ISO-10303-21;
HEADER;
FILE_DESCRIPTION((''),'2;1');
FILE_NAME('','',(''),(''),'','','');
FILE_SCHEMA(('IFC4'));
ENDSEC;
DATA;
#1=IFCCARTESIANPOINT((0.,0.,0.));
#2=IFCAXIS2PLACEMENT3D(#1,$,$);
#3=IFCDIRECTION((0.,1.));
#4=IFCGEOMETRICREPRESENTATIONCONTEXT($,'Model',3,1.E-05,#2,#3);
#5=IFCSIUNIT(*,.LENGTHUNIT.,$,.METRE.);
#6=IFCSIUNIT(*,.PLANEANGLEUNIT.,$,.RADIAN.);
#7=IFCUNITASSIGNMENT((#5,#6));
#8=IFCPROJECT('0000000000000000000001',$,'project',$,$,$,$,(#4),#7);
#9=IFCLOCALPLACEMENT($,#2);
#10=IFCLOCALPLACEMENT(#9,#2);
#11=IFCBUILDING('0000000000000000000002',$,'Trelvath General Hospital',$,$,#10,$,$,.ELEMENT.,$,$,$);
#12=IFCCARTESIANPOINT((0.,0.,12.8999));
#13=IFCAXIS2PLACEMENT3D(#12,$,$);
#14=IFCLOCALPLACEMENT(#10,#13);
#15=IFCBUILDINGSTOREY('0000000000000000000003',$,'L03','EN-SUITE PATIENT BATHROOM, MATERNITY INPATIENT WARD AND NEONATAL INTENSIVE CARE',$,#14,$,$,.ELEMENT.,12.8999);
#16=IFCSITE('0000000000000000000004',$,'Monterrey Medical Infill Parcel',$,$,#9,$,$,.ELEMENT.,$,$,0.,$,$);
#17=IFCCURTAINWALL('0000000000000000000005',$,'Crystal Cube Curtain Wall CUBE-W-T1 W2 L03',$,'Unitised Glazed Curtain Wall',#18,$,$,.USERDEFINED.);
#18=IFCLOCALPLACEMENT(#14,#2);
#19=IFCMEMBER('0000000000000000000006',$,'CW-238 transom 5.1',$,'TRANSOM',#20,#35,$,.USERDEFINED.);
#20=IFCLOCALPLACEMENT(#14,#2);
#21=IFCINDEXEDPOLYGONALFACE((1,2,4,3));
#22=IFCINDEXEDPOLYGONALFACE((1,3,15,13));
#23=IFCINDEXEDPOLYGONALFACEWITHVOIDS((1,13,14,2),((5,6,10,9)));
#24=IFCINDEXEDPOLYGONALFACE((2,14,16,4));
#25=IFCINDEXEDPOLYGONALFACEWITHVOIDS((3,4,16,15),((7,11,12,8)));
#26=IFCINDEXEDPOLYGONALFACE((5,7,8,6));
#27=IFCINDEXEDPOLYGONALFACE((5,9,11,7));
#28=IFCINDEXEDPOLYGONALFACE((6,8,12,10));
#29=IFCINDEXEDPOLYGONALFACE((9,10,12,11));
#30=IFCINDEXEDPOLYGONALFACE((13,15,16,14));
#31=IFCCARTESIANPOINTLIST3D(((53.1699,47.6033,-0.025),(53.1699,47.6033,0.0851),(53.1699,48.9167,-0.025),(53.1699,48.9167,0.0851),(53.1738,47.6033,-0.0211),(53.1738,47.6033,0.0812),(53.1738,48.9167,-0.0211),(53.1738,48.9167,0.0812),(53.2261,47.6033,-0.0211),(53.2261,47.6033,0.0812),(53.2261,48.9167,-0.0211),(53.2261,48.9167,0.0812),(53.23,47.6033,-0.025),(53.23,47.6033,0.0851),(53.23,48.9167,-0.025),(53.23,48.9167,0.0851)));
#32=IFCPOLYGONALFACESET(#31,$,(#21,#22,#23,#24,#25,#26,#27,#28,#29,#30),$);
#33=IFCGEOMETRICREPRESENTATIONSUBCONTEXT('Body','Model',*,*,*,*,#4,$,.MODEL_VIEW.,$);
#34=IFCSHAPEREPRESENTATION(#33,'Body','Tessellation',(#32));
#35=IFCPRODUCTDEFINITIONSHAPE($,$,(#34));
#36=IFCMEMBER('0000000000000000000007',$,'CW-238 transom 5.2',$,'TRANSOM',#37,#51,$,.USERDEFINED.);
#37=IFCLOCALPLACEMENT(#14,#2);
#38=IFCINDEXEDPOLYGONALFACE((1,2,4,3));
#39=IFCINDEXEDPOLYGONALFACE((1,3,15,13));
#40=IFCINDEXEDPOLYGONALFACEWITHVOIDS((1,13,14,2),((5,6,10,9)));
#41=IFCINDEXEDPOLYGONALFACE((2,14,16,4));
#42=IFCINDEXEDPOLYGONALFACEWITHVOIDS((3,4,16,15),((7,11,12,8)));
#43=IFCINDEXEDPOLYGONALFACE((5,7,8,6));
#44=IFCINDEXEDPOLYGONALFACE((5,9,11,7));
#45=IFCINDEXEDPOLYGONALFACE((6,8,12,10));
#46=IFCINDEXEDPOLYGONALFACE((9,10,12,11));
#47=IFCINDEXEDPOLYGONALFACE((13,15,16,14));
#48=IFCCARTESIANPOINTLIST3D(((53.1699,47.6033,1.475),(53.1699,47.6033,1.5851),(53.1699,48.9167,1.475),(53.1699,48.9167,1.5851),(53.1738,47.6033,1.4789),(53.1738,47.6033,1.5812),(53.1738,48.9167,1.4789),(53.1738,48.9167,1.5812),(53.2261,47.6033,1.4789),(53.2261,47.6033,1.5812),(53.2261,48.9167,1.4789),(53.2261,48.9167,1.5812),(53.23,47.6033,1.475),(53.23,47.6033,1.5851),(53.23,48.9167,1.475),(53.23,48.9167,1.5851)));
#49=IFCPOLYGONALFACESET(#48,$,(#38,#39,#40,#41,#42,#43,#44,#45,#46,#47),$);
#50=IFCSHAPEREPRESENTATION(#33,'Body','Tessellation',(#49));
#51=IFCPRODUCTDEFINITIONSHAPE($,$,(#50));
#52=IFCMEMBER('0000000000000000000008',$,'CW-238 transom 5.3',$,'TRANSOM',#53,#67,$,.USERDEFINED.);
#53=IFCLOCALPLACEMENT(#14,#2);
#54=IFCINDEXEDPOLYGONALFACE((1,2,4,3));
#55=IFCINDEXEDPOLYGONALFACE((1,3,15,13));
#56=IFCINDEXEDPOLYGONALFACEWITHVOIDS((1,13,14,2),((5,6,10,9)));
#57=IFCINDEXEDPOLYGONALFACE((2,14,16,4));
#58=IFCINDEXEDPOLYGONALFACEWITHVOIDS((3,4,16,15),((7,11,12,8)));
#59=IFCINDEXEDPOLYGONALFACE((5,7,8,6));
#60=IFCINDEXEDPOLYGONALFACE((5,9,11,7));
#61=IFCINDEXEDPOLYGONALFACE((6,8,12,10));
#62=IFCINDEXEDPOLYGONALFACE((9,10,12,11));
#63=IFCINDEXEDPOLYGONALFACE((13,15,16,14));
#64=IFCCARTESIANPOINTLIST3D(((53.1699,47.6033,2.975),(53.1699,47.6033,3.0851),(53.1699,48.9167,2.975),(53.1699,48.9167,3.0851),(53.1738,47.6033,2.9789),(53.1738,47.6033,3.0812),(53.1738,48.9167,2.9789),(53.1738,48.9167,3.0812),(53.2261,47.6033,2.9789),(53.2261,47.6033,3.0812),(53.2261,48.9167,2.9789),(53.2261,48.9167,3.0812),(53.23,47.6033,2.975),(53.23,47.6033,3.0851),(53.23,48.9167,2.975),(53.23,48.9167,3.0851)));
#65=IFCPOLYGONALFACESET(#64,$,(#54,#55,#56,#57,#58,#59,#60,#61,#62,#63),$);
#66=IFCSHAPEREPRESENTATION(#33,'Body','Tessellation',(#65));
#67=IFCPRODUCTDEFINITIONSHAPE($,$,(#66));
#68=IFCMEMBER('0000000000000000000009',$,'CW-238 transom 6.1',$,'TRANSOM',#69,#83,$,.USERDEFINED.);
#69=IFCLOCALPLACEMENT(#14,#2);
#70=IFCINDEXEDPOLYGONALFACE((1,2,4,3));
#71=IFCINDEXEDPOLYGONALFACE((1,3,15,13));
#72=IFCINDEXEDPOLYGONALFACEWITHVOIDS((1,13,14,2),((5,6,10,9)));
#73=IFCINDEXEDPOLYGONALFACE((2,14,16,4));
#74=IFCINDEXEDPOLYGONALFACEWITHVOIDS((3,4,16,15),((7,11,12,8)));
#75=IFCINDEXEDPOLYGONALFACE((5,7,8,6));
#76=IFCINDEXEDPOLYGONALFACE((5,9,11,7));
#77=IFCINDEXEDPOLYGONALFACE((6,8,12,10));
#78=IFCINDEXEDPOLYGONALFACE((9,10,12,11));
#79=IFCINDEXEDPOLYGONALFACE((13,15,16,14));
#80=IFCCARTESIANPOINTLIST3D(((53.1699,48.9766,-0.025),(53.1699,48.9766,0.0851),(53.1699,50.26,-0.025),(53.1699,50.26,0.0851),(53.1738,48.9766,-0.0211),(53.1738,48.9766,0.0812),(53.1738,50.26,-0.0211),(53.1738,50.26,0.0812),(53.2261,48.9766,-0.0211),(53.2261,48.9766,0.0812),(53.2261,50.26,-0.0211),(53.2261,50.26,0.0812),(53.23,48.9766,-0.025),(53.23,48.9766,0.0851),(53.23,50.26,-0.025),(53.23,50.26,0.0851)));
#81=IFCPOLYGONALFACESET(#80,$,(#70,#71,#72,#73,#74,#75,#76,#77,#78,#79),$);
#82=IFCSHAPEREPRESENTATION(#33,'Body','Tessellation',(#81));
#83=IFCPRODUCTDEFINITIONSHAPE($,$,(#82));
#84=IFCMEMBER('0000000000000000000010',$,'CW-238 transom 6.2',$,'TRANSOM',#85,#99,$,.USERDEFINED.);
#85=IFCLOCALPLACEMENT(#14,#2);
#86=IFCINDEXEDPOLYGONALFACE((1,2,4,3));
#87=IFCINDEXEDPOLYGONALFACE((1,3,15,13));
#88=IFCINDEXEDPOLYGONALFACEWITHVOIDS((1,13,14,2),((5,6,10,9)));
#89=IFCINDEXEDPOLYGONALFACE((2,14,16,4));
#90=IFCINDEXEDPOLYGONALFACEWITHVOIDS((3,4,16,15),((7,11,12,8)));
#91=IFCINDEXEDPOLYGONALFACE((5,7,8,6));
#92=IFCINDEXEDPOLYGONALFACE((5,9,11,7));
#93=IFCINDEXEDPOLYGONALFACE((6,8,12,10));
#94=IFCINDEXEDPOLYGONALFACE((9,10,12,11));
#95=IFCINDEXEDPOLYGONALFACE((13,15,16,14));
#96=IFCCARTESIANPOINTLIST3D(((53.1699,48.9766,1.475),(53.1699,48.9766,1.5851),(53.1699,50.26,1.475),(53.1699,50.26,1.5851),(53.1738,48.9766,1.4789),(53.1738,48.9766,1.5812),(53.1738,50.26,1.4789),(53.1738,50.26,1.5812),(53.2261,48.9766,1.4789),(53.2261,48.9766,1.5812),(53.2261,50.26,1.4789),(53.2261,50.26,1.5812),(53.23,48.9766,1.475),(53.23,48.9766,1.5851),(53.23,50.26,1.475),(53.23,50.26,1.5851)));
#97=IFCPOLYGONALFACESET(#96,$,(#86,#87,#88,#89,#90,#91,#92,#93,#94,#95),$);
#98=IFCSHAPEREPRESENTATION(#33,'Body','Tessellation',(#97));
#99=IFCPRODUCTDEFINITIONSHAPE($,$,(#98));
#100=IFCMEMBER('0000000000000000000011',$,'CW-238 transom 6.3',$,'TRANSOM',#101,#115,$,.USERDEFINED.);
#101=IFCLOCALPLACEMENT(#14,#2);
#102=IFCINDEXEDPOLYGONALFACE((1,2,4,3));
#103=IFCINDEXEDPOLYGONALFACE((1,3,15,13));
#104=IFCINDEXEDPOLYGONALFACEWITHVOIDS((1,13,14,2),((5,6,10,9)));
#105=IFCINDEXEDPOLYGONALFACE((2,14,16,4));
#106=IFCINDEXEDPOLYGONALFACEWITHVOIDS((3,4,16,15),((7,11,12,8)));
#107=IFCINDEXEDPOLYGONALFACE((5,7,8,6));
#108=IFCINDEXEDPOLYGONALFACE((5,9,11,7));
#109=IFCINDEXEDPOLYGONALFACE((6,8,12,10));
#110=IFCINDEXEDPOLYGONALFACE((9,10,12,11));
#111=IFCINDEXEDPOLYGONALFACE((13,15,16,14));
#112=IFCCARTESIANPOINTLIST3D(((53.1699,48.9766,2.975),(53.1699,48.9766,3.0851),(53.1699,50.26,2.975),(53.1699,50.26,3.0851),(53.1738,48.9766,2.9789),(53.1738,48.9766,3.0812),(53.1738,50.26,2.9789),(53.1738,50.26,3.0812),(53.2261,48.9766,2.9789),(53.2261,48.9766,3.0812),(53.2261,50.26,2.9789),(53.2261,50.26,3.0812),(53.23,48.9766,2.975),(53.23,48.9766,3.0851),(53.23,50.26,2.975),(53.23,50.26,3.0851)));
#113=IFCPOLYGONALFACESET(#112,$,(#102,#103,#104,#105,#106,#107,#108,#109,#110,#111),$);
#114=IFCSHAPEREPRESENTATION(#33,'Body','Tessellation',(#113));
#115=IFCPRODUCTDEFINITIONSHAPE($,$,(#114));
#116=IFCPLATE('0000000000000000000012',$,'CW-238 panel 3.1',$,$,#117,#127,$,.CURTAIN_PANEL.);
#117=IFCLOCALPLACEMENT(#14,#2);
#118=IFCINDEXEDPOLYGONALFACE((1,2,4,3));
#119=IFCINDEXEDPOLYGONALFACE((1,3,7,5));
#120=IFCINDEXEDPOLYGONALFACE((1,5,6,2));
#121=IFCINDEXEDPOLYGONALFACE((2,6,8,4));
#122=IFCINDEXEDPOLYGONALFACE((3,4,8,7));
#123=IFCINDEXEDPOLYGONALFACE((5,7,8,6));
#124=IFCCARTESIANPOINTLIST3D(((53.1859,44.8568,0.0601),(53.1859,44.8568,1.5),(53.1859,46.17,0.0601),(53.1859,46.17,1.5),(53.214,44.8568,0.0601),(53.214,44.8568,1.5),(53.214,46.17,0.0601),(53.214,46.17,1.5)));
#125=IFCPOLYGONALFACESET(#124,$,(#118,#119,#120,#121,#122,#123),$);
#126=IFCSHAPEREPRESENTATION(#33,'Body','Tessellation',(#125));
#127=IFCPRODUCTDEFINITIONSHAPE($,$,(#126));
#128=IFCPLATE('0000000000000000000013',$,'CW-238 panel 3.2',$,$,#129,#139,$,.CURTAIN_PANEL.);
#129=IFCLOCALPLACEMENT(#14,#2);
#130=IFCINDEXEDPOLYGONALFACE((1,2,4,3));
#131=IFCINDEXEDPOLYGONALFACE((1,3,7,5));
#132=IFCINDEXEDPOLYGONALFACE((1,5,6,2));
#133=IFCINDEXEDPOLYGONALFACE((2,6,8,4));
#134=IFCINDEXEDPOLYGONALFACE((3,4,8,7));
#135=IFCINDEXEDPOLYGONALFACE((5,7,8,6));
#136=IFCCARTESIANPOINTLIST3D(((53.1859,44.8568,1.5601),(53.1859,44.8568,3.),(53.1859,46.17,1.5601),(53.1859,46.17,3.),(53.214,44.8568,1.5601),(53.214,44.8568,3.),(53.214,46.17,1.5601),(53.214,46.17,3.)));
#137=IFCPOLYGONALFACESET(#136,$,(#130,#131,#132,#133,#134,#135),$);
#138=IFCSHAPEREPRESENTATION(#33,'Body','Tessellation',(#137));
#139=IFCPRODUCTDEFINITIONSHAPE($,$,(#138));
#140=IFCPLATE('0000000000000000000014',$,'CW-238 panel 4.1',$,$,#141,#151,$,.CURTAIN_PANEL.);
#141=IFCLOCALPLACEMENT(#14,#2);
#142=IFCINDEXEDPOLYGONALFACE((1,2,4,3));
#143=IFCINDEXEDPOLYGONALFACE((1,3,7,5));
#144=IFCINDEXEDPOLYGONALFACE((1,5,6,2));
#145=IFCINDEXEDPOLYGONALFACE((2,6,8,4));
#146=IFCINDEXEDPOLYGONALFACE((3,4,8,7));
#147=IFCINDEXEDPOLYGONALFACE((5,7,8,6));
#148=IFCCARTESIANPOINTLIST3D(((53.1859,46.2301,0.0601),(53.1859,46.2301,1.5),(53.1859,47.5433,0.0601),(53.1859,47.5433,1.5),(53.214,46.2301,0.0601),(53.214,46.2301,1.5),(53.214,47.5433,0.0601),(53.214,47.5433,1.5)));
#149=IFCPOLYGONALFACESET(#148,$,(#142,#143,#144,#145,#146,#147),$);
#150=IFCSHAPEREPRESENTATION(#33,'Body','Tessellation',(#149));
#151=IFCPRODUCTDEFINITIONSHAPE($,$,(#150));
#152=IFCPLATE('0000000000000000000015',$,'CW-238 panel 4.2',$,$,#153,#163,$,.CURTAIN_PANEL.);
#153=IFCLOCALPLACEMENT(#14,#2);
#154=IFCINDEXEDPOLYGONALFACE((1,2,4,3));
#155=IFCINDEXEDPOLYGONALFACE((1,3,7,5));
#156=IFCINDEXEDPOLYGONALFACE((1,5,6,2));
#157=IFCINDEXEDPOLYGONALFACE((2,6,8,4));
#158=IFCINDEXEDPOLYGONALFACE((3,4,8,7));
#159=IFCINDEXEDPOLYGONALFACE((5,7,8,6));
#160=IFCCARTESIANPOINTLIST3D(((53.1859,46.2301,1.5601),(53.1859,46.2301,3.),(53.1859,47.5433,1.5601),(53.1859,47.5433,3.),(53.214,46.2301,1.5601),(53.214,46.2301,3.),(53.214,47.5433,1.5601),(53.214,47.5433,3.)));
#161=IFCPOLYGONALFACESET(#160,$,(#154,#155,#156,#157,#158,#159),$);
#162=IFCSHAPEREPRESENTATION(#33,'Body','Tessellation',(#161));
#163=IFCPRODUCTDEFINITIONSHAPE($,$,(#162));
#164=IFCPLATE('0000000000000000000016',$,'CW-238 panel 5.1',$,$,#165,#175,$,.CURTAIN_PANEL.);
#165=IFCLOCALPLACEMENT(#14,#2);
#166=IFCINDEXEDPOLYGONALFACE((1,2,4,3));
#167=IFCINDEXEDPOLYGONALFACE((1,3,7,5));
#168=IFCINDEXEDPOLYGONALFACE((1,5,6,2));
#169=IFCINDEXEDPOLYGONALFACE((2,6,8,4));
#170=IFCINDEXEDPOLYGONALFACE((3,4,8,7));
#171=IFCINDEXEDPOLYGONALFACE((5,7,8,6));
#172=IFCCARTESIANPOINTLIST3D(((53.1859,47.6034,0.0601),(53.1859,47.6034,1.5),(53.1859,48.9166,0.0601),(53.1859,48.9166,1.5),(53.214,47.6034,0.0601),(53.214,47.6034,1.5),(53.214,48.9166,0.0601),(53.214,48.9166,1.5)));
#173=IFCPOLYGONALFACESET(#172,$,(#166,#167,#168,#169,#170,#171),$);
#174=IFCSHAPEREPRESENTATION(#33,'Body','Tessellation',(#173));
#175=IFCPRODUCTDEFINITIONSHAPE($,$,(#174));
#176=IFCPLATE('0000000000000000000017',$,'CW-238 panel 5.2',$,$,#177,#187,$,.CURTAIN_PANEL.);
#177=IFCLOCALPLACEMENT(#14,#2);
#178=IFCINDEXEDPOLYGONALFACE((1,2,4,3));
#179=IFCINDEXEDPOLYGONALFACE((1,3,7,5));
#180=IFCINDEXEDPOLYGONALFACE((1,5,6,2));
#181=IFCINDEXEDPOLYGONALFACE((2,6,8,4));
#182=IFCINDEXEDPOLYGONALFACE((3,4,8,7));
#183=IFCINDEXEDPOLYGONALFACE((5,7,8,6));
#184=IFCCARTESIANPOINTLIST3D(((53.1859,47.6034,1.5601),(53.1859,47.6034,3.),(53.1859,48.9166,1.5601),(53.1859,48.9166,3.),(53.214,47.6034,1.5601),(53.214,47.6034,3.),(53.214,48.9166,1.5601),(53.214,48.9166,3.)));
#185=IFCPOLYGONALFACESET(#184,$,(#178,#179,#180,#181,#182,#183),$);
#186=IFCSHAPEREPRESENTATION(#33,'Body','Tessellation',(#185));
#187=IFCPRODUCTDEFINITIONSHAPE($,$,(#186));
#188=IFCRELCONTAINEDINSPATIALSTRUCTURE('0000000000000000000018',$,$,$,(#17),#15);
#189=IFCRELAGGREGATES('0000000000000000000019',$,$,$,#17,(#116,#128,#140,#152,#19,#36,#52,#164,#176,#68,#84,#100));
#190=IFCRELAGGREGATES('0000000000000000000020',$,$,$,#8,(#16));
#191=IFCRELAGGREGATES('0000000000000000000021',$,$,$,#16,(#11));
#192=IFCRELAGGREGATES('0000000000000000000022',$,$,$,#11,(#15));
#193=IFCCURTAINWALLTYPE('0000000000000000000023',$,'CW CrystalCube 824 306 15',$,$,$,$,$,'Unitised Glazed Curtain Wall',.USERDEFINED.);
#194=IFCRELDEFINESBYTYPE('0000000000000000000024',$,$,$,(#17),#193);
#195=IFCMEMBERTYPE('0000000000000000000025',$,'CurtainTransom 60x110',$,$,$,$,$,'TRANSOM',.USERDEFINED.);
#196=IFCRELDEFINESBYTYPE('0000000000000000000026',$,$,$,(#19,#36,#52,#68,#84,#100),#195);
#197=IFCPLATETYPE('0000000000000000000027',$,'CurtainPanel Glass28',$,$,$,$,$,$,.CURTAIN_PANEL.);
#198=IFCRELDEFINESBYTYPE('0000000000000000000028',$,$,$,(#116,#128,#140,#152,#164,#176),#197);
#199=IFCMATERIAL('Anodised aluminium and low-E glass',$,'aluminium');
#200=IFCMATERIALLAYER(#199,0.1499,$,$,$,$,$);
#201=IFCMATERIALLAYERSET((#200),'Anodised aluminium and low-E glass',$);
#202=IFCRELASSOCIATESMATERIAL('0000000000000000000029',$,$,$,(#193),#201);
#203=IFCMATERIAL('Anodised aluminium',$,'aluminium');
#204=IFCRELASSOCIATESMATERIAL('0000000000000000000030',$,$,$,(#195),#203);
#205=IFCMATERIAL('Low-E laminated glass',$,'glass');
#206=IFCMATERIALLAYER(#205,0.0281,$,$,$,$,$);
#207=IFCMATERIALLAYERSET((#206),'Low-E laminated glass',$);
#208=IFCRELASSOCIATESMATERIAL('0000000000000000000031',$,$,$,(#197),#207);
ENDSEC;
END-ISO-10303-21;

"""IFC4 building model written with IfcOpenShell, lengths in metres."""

from ifc_helpers import new_model, si_unit, direction, frame, origin, origin_2d, place, context, subcontext, project, spatial, rectangle, hollow_rectangle, extrude, material, layer, layer_set, material_profile, profile_set, type_object, element, aggregate, save


model = new_model("IFC4")

# Units and contexts
model_context = context("Model", 3, precision=1e-05, world=origin(), true_north=direction((0.0, 1.0)))
body_context = subcontext(model_context, "Body", "Model", "MODEL_VIEW")
ifc_project = project(units=[si_unit("LENGTHUNIT", "METRE"), si_unit("PLANEANGLEUNIT", "RADIAN")], contexts=[model_context])

# Site, building, storey
site_placement = place(None, origin())
site = spatial("IfcSite", under=ifc_project, at=site_placement, Name="Monterrey Medical Infill Parcel", CompositionType="ELEMENT", RefElevation=0.0)
building_placement = place(site_placement, origin())
building = spatial("IfcBuilding", under=site, at=building_placement, Name="Trelvath General Hospital", CompositionType="ELEMENT")
storey_placement = place(building_placement, frame((0.0, 0.0, 12.8999)))
storey = spatial("IfcBuildingStorey", under=building, at=storey_placement, Name="L03", Description="EN-SUITE PATIENT BATHROOM, MATERNITY INPATIENT WARD AND NEONATAL INTENSIVE CARE", CompositionType="ELEMENT", Elevation=12.8999)

# Curtain wall, members, plates
ifc_material_1 = material(Name="Anodised aluminium and low-E glass", Category="aluminium")
ifc_layer_1 = layer(ifc_material_1, 0.1499)
ifc_layer_set_1 = layer_set([ifc_layer_1], Name="Anodised aluminium and low-E glass")
curtain_wall_type = type_object("IfcCurtainWallType", Name="CW CrystalCube 824 306 15", ElementType="Unitised Glazed Curtain Wall", PredefinedType="USERDEFINED", material=ifc_layer_set_1)
curtain_wall_placement = place(storey_placement, origin())
curtain_wall = element("IfcCurtainWall", 1, at=curtain_wall_placement, inside=storey, type_object=curtain_wall_type, Name="Crystal Cube Curtain Wall CUBE-W-T1 W2 L03", ObjectType="Unitised Glazed Curtain Wall", PredefinedType="USERDEFINED")
ifc_material_2 = material(Name="Anodised aluminium", Category="aluminium")
ifc_material_profile_1 = material_profile(ifc_material_2, hollow_rectangle(XDim=0.0601, YDim=0.1101, WallThickness=0.0039, at=origin_2d()), Name="RHS60x110x4")
ifc_profile_set_1 = profile_set([ifc_material_profile_1], Name="Anodised aluminium")
member_type_1 = type_object("IfcMemberType", Name="CurtainTransom 60x110", ElementType="TRANSOM", PredefinedType="USERDEFINED", material=ifc_profile_set_1)
member_1_placement = place(storey_placement, frame((53.2, 47.6033, 0.03), z_axis=(0.0, 1.0, 0.0), x_axis=(-1.0, 0.0, 0.0)))
member_1 = element("IfcMember", 2, at=member_1_placement, type_object=member_type_1, Name="CW-238 transom 5.1", ObjectType="TRANSOM", PredefinedType="USERDEFINED", context=body_context, shape_type="SweptSolid", body=[
    extrude(hollow_rectangle(XDim=0.0601, YDim=0.1101, WallThickness=0.0039, at=origin_2d()), origin(), (0.0, 0.0, 1.0), 1.3135),
])
member_2_placement = place(storey_placement, frame((53.2, 47.6033, 1.53), z_axis=(0.0, 1.0, 0.0), x_axis=(-1.0, 0.0, 0.0)))
member_2 = element("IfcMember", 3, at=member_2_placement, type_object=member_type_1, Name="CW-238 transom 5.2", ObjectType="TRANSOM", PredefinedType="USERDEFINED", context=body_context, shape_type="SweptSolid", body=[
    extrude(hollow_rectangle(XDim=0.0601, YDim=0.1101, WallThickness=0.0039, at=origin_2d()), origin(), (0.0, 0.0, 1.0), 1.3135),
])
member_3_placement = place(storey_placement, frame((53.2, 47.6033, 3.03), z_axis=(0.0, 1.0, 0.0), x_axis=(-1.0, 0.0, 0.0)))
member_3 = element("IfcMember", 4, at=member_3_placement, type_object=member_type_1, Name="CW-238 transom 5.3", ObjectType="TRANSOM", PredefinedType="USERDEFINED", context=body_context, shape_type="SweptSolid", body=[
    extrude(hollow_rectangle(XDim=0.0601, YDim=0.1101, WallThickness=0.0039, at=origin_2d()), origin(), (0.0, 0.0, 1.0), 1.3135),
])
member_4_placement = place(storey_placement, frame((53.2, 48.9766, 0.03), z_axis=(0.0, 1.0, 0.0), x_axis=(-1.0, 0.0, 0.0)))
member_4 = element("IfcMember", 5, at=member_4_placement, type_object=member_type_1, Name="CW-238 transom 6.1", ObjectType="TRANSOM", PredefinedType="USERDEFINED", context=body_context, shape_type="SweptSolid", body=[
    extrude(hollow_rectangle(XDim=0.0601, YDim=0.1101, WallThickness=0.0039, at=origin_2d()), origin(), (0.0, 0.0, 1.0), 1.2834),
])
member_5_placement = place(storey_placement, frame((53.2, 48.9766, 1.53), z_axis=(0.0, 1.0, 0.0), x_axis=(-1.0, 0.0, 0.0)))
member_5 = element("IfcMember", 6, at=member_5_placement, type_object=member_type_1, Name="CW-238 transom 6.2", ObjectType="TRANSOM", PredefinedType="USERDEFINED", context=body_context, shape_type="SweptSolid", body=[
    extrude(hollow_rectangle(XDim=0.0601, YDim=0.1101, WallThickness=0.0039, at=origin_2d()), origin(), (0.0, 0.0, 1.0), 1.2834),
])
member_6_placement = place(storey_placement, frame((53.2, 48.9766, 3.03), z_axis=(0.0, 1.0, 0.0), x_axis=(-1.0, 0.0, 0.0)))
member_6 = element("IfcMember", 7, at=member_6_placement, type_object=member_type_1, Name="CW-238 transom 6.3", ObjectType="TRANSOM", PredefinedType="USERDEFINED", context=body_context, shape_type="SweptSolid", body=[
    extrude(hollow_rectangle(XDim=0.0601, YDim=0.1101, WallThickness=0.0039, at=origin_2d()), origin(), (0.0, 0.0, 1.0), 1.2834),
])
ifc_material_3 = material(Name="Low-E laminated glass", Category="glass")
ifc_layer_2 = layer(ifc_material_3, 0.0281)
ifc_layer_set_2 = layer_set([ifc_layer_2], Name="Low-E laminated glass")
plate_type = type_object("IfcPlateType", Name="CurtainPanel Glass28", PredefinedType="CURTAIN_PANEL", material=ifc_layer_set_2)
plate_1_placement = place(storey_placement, frame((53.2, 45.5134, 0.0601), z_axis=(0.0, 0.0, 1.0), x_axis=(0.0, 1.0, 0.0)))
plate_1 = element("IfcPlate", 8, at=plate_1_placement, type_object=plate_type, Name="CW-238 panel 3.1", PredefinedType="CURTAIN_PANEL", context=body_context, shape_type="SweptSolid", body=[
    extrude(rectangle(XDim=1.3132, YDim=0.0281, at=origin_2d()), origin(), (0.0, 0.0, 1.0), 1.4399),
])
plate_2_placement = place(storey_placement, frame((53.2, 45.5134, 1.5601), z_axis=(0.0, 0.0, 1.0), x_axis=(0.0, 1.0, 0.0)))
plate_2 = element("IfcPlate", 9, at=plate_2_placement, type_object=plate_type, Name="CW-238 panel 3.2", PredefinedType="CURTAIN_PANEL", context=body_context, shape_type="SweptSolid", body=[
    extrude(rectangle(XDim=1.3132, YDim=0.0281, at=origin_2d()), origin(), (0.0, 0.0, 1.0), 1.4399),
])
plate_3_placement = place(storey_placement, frame((53.2, 46.8867, 0.0601), z_axis=(0.0, 0.0, 1.0), x_axis=(0.0, 1.0, 0.0)))
plate_3 = element("IfcPlate", 10, at=plate_3_placement, type_object=plate_type, Name="CW-238 panel 4.1", PredefinedType="CURTAIN_PANEL", context=body_context, shape_type="SweptSolid", body=[
    extrude(rectangle(XDim=1.3132, YDim=0.0281, at=origin_2d()), origin(), (0.0, 0.0, 1.0), 1.4399),
])
plate_4_placement = place(storey_placement, frame((53.2, 46.8867, 1.5601), z_axis=(0.0, 0.0, 1.0), x_axis=(0.0, 1.0, 0.0)))
plate_4 = element("IfcPlate", 11, at=plate_4_placement, type_object=plate_type, Name="CW-238 panel 4.2", PredefinedType="CURTAIN_PANEL", context=body_context, shape_type="SweptSolid", body=[
    extrude(rectangle(XDim=1.3132, YDim=0.0281, at=origin_2d()), origin(), (0.0, 0.0, 1.0), 1.4399),
])
plate_5_placement = place(storey_placement, frame((53.2, 48.26, 0.0601), z_axis=(0.0, 0.0, 1.0), x_axis=(0.0, 1.0, 0.0)))
plate_5 = element("IfcPlate", 12, at=plate_5_placement, type_object=plate_type, Name="CW-238 panel 5.1", PredefinedType="CURTAIN_PANEL", context=body_context, shape_type="SweptSolid", body=[
    extrude(rectangle(XDim=1.3132, YDim=0.0281, at=origin_2d()), origin(), (0.0, 0.0, 1.0), 1.4399),
])
plate_6_placement = place(storey_placement, frame((53.2, 48.26, 1.5601), z_axis=(0.0, 0.0, 1.0), x_axis=(0.0, 1.0, 0.0)))
plate_6 = element("IfcPlate", 13, at=plate_6_placement, type_object=plate_type, Name="CW-238 panel 5.2", PredefinedType="CURTAIN_PANEL", context=body_context, shape_type="SweptSolid", body=[
    extrude(rectangle(XDim=1.3132, YDim=0.0281, at=origin_2d()), origin(), (0.0, 0.0, 1.0), 1.4399),
])
aggregate(curtain_wall, [plate_1, plate_2, plate_3, plate_4, member_1, member_2, member_3, plate_5, plate_6, member_4, member_5, member_6])

save(model, "model.ifc")
